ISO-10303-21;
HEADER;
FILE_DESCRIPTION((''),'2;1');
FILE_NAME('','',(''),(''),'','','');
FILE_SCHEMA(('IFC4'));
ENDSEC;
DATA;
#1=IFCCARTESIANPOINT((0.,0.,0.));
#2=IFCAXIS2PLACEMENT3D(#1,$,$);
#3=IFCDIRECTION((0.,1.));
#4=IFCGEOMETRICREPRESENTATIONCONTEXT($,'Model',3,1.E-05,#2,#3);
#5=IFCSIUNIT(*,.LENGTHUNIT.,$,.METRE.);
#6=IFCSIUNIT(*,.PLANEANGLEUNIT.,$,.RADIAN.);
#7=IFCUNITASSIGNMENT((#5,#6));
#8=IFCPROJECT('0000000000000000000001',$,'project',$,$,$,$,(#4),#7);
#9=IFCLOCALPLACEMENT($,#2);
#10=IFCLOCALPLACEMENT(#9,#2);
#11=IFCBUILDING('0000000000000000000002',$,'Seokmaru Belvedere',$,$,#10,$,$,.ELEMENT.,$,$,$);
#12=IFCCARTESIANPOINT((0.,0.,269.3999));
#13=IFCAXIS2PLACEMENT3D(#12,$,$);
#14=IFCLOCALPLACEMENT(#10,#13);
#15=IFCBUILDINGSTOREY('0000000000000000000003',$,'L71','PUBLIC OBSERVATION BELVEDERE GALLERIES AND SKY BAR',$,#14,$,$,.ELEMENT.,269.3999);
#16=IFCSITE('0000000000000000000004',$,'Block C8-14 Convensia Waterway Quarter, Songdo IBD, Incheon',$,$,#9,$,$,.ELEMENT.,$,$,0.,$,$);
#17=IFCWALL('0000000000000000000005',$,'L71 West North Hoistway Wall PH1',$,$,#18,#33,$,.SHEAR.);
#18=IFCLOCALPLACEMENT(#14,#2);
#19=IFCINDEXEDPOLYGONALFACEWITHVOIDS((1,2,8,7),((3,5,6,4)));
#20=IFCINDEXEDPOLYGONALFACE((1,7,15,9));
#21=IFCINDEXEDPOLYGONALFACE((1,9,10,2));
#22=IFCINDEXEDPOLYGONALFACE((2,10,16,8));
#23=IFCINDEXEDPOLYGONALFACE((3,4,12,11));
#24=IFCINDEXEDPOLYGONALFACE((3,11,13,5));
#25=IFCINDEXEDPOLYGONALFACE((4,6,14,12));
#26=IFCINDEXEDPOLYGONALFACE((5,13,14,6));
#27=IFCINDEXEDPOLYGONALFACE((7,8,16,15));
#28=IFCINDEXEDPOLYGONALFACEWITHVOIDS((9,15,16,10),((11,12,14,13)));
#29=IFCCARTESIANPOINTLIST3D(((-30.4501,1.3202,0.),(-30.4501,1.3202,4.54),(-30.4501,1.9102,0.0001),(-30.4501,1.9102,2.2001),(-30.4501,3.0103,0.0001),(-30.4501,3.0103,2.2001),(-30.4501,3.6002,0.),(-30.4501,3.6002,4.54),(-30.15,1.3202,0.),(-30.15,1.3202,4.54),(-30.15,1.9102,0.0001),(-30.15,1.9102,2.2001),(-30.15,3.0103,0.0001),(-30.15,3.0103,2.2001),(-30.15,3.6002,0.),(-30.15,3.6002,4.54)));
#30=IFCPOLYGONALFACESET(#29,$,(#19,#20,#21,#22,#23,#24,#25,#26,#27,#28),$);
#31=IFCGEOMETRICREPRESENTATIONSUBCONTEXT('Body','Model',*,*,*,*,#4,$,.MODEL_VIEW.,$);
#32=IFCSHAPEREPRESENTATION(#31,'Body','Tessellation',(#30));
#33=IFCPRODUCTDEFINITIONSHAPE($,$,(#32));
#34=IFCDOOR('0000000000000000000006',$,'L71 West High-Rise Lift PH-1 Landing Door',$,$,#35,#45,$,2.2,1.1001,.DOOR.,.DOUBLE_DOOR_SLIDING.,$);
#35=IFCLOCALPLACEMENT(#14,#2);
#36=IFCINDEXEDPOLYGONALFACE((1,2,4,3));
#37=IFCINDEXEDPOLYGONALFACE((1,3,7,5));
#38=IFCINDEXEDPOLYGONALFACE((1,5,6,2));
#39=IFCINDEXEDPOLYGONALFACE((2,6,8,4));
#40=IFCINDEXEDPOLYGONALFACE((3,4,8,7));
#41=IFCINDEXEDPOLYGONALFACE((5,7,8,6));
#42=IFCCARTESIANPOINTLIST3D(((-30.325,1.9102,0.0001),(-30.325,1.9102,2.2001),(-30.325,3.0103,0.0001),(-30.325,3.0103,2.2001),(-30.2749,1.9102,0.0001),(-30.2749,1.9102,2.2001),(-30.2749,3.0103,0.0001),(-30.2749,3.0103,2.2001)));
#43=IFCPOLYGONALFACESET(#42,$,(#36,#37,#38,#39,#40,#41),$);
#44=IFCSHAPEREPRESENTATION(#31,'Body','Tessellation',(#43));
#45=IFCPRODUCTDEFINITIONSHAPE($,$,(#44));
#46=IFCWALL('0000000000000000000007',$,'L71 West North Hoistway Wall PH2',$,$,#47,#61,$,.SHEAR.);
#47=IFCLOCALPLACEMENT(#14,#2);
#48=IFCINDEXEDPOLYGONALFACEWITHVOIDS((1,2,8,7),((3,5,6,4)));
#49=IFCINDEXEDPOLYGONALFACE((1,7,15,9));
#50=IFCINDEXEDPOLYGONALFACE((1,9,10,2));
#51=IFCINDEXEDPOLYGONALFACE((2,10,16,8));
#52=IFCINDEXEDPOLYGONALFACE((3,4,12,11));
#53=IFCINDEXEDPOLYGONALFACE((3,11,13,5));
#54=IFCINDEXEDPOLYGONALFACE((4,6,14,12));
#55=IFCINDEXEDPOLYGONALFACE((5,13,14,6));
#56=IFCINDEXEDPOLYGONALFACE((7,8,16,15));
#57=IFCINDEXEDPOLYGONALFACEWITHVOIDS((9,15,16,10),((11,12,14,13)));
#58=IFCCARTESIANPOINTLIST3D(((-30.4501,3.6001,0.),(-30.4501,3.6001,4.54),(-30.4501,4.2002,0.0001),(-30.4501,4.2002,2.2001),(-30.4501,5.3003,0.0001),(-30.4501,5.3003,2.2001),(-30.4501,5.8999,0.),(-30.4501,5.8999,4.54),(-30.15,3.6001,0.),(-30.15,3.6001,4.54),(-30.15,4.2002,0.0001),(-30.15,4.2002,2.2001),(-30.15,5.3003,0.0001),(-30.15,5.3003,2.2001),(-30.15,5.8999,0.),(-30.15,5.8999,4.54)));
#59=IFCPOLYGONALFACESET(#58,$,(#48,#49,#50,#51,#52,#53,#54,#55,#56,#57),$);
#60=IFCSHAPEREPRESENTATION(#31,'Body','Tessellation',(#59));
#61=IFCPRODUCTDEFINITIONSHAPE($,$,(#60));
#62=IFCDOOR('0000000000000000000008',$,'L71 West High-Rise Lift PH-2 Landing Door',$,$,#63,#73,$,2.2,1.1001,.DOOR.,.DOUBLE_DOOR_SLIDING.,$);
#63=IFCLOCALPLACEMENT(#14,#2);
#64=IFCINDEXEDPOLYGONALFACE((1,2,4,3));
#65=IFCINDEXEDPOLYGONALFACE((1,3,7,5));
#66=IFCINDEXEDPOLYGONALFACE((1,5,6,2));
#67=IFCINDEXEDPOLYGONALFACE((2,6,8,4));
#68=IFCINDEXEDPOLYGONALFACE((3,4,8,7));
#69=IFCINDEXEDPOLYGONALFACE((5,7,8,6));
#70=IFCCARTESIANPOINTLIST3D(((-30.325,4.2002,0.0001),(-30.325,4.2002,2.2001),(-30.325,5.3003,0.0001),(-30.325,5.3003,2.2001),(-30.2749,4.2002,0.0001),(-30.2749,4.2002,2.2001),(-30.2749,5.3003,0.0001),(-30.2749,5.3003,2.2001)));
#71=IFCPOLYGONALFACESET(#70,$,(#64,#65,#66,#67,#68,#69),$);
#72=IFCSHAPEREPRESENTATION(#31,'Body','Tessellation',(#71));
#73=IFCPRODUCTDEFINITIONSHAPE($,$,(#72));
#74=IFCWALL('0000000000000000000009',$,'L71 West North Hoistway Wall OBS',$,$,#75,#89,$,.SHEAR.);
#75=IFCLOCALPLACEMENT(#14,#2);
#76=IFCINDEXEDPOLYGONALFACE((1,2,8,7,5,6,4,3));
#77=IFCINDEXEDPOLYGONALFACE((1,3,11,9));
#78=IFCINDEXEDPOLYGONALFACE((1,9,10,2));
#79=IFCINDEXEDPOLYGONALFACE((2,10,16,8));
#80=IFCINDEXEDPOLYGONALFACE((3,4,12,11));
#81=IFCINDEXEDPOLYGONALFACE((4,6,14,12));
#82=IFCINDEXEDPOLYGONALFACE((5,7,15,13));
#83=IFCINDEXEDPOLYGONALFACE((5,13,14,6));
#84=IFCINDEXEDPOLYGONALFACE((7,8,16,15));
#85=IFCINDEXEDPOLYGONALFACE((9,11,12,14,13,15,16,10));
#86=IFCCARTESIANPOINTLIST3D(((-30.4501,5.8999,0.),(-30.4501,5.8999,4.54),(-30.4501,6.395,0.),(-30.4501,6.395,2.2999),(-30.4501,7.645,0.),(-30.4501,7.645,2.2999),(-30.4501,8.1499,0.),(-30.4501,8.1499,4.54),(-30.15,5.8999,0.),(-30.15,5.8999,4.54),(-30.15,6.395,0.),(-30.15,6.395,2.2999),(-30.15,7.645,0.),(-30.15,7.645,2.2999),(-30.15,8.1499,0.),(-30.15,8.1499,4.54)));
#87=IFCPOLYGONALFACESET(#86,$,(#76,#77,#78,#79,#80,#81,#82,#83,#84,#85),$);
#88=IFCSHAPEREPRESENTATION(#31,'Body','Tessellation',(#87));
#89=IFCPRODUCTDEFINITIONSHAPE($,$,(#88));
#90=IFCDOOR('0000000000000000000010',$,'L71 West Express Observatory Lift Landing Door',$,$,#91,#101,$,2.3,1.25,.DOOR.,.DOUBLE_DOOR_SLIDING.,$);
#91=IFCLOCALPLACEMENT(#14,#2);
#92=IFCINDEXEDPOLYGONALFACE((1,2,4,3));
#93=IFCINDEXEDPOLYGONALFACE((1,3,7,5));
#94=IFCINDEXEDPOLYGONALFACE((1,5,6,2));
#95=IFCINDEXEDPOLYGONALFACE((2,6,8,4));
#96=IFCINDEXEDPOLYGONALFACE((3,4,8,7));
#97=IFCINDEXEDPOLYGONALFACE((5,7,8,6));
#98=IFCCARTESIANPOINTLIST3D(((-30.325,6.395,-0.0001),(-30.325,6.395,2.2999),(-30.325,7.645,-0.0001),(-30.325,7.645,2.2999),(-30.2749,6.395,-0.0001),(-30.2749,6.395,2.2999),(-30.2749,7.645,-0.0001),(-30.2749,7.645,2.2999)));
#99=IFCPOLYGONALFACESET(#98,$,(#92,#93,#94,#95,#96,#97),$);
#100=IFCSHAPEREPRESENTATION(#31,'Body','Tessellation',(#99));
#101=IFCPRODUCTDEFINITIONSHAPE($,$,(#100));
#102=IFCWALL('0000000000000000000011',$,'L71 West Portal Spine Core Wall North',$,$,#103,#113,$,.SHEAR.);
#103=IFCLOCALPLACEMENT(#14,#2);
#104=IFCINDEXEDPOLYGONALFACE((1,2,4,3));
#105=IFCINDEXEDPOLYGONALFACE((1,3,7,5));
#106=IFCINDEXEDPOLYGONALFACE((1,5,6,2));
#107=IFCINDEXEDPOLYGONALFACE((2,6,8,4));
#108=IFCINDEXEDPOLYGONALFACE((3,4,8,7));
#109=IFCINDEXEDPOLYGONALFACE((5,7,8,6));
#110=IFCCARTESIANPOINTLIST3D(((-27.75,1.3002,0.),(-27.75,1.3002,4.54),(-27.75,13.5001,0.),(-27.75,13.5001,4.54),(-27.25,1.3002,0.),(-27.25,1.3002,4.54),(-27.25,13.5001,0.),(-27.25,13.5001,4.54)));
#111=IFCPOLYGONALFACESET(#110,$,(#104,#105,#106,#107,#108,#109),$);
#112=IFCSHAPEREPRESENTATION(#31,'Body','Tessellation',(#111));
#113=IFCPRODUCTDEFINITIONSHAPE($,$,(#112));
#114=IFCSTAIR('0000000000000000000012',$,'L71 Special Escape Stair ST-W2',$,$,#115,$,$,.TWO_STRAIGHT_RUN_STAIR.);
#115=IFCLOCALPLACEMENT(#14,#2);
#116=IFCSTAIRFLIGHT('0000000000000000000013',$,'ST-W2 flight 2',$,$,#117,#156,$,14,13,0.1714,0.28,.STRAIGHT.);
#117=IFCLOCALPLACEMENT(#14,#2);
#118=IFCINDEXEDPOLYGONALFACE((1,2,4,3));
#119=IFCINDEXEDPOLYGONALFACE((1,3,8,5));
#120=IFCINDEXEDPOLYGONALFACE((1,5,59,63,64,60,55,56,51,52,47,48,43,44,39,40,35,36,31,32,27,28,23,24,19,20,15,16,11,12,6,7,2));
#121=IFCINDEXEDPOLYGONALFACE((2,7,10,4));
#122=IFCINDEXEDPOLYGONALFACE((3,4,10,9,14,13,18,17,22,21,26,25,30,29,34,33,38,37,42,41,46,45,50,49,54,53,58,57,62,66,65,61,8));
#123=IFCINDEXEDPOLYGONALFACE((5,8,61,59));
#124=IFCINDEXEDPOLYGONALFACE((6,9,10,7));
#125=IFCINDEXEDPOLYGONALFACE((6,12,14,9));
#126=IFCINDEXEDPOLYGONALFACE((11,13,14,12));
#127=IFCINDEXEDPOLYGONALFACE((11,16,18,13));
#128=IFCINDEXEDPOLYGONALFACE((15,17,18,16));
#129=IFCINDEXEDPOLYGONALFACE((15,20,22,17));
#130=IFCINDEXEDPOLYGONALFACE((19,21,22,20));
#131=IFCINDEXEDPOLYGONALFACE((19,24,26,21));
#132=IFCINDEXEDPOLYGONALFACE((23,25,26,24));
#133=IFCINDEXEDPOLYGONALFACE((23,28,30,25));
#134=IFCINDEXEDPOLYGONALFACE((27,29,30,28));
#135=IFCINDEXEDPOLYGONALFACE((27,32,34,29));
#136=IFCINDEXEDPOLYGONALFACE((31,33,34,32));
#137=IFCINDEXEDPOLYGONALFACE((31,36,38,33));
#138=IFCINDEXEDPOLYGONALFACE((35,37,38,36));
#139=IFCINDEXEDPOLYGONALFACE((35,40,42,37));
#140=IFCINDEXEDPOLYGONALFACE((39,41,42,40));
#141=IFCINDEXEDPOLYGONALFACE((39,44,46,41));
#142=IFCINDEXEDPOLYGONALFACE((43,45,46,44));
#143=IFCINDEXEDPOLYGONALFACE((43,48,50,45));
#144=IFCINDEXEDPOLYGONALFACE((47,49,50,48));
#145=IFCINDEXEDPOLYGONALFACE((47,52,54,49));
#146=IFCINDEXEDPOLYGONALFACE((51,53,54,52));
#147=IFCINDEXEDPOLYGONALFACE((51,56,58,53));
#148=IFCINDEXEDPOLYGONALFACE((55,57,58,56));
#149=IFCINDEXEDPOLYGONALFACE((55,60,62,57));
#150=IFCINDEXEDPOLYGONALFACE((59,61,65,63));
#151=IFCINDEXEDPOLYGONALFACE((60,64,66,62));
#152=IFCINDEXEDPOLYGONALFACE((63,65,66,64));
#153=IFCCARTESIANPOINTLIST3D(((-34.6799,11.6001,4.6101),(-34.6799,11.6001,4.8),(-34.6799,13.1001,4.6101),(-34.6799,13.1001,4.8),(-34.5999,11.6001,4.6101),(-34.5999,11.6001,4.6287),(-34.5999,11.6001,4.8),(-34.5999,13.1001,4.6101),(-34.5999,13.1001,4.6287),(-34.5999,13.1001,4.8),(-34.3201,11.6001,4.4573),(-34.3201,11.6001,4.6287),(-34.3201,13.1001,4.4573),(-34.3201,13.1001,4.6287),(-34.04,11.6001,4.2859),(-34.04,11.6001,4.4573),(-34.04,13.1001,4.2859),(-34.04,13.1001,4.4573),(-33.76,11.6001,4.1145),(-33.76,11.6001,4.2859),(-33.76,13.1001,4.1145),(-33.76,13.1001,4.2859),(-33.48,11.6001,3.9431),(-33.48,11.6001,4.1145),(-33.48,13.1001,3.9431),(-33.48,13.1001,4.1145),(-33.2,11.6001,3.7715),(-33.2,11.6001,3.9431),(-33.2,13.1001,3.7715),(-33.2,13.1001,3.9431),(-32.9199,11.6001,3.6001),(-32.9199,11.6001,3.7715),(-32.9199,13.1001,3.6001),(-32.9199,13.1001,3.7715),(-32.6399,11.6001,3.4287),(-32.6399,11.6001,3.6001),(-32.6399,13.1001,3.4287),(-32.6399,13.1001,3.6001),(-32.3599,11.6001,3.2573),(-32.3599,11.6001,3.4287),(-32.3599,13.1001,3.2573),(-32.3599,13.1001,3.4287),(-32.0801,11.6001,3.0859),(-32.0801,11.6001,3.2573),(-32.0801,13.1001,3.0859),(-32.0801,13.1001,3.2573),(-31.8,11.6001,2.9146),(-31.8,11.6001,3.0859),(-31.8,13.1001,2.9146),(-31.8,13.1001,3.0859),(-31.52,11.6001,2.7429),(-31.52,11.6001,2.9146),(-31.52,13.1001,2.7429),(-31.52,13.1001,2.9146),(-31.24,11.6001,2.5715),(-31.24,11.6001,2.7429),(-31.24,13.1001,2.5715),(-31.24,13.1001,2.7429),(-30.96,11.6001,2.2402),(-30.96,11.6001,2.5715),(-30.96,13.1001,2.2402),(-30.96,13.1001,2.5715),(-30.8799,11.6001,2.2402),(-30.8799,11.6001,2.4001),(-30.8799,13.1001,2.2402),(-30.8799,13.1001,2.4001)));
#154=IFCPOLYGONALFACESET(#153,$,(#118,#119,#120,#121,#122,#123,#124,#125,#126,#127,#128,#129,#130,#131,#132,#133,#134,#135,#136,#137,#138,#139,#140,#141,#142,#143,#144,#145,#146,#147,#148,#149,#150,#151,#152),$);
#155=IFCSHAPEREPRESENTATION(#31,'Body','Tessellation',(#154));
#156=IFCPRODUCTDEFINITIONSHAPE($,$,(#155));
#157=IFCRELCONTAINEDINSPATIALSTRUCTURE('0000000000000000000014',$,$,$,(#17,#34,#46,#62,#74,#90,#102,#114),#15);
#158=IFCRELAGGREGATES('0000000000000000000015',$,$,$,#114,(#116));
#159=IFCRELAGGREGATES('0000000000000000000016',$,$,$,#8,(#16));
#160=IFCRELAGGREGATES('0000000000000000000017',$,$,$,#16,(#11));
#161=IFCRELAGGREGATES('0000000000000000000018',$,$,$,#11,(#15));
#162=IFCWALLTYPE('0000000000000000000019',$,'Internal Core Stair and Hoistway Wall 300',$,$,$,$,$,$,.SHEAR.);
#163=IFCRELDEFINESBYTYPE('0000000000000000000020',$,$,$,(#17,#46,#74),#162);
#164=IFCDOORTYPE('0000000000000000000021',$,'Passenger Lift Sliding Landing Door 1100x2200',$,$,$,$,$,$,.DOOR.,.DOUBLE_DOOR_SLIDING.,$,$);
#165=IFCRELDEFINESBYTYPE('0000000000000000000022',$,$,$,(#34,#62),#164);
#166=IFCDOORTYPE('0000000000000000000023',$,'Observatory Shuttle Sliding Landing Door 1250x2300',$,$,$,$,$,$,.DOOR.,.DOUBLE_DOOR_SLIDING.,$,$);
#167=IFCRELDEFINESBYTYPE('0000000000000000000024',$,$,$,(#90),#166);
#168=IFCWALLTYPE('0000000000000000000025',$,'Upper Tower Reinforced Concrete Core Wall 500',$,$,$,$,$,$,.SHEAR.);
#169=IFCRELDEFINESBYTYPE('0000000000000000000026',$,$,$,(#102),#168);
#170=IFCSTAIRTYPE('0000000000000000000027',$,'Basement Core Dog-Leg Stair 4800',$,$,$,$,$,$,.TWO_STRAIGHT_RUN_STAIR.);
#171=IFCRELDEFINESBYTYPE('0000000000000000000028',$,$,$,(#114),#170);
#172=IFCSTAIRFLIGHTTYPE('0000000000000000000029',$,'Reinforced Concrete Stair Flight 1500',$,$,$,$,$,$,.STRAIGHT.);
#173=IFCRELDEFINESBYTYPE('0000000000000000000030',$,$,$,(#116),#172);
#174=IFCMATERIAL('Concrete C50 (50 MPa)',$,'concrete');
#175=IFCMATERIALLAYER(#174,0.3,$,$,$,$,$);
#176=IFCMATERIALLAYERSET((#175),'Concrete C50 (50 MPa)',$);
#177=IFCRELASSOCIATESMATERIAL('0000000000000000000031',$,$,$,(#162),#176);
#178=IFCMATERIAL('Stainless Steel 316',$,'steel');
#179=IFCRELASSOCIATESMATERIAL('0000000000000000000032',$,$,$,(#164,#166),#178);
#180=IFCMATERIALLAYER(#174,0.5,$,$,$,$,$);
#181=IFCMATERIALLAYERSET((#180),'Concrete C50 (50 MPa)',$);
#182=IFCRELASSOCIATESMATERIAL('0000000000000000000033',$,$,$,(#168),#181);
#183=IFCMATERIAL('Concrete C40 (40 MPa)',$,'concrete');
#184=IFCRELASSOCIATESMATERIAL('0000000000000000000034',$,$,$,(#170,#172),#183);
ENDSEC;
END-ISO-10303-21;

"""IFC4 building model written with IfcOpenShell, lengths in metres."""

from ifc_helpers import new_model, si_unit, direction, frame, frame_2d, origin, place, context, subcontext, project, spatial, polyline, rectangle, outline, extrude, source, transform, mapped, material, layer, layer_set, type_object, type_shapes, element, fill, aggregate, save


model = new_model("IFC4")

# Units and contexts
model_context = context("Model", 3, precision=1e-05, world=origin(), true_north=direction((0.0, 1.0)))
body_context = subcontext(model_context, "Body", "Model", "MODEL_VIEW")
ifc_project = project(units=[si_unit("LENGTHUNIT", "METRE"), si_unit("PLANEANGLEUNIT", "RADIAN")], contexts=[model_context])

# Site, building, storey
site_placement = place(None, origin())
site = spatial("IfcSite", under=ifc_project, at=site_placement, Name="Block C8-14 Convensia Waterway Quarter, Songdo IBD, Incheon", CompositionType="ELEMENT", RefElevation=0.0)
building_placement = place(site_placement, origin())
building = spatial("IfcBuilding", under=site, at=building_placement, Name="Seokmaru Belvedere", CompositionType="ELEMENT")
storey_placement = place(building_placement, frame((0.0, 0.0, 269.3999)))
storey = spatial("IfcBuildingStorey", under=building, at=storey_placement, Name="L71", Description="PUBLIC OBSERVATION BELVEDERE GALLERIES AND SKY BAR", CompositionType="ELEMENT", Elevation=269.3999)

# Shared definitions
ifc_material_1 = material(Name="Concrete C50 (50 MPa)", Category="concrete")

# Walls, openings, doors
ifc_layer_1 = layer(ifc_material_1, 0.3)
ifc_layer_set_1 = layer_set([ifc_layer_1], Name="Concrete C50 (50 MPa)")
wall_type_1 = type_object("IfcWallType", Name="Internal Core Stair and Hoistway Wall 300", PredefinedType="SHEAR", material=ifc_layer_set_1)
wall_1_placement = place(storey_placement, frame((-30.3, 1.3201, 0.0), z_axis=(0.0, 0.0, 1.0), x_axis=(0.0, 1.0, 0.0)))
wall_1 = element("IfcWall", 1, at=wall_1_placement, inside=storey, type_object=wall_type_1, Name="L71 West North Hoistway Wall PH1", PredefinedType="SHEAR", context=body_context, shape_type="SweptSolid", body=[
    extrude(rectangle(XDim=2.28, YDim=0.3, at=frame_2d((1.1401, 0.0))), origin(), (0.0, 0.0, 1.0), 4.54),
])
opening_1_placement = place(wall_1_placement, frame((0.5901, 0.0, 0.0)))
opening_1 = element("IfcOpeningElement", 2, at=opening_1_placement, cuts=wall_1, PredefinedType="OPENING", context=body_context, shape_type="SweptSolid", body=[
    extrude(rectangle(XDim=1.1001, YDim=2.2, at=frame_2d((0.55, 1.1001))), frame((0.0, 0.1602, 0.0), z_axis=(0.0, -1.0, 0.0), x_axis=(1.0, 0.0, 0.0)), (0.0, 0.0, 1.0), 0.3201),
])
ifc_material_2 = material(Name="Stainless Steel 316", Category="steel")
door_type_1 = type_object("IfcDoorType", Name="Passenger Lift Sliding Landing Door 1100x2200", OperationType="DOUBLE_DOOR_SLIDING", PredefinedType="DOOR", material=ifc_material_2)
shared_shape_1 = source(origin(), body_context, "Body", "SweptSolid", [
    extrude(rectangle(XDim=1.1001, YDim=2.2, at=frame_2d((0.55, 1.1001))), frame((0.0, 0.0249, 0.0), z_axis=(0.0, -1.0, 0.0), x_axis=(1.0, 0.0, 0.0)), (0.0, 0.0, 1.0), 0.05),
])
type_shapes(door_type_1, [shared_shape_1])
door_1_placement = place(opening_1_placement, origin())
door_1 = element("IfcDoor", 3, at=door_1_placement, inside=storey, type_object=door_type_1, Name="L71 West High-Rise Lift PH-1 Landing Door", OperationType="DOUBLE_DOOR_SLIDING", OverallHeight=2.2, OverallWidth=1.1001, PredefinedType="DOOR", context=body_context, shape_type="MappedRepresentation", body=[
    mapped(shared_shape_1, transform((0.0, 0.0, 0.0), scale=1.0)),
])
fill(opening_1, door_1)
wall_2_placement = place(storey_placement, frame((-30.3, 3.6001, 0.0), z_axis=(0.0, 0.0, 1.0), x_axis=(0.0, 1.0, 0.0)))
wall_2 = element("IfcWall", 4, at=wall_2_placement, inside=storey, type_object=wall_type_1, Name="L71 West North Hoistway Wall PH2", PredefinedType="SHEAR", context=body_context, shape_type="SweptSolid", body=[
    extrude(rectangle(XDim=2.2998, YDim=0.3, at=frame_2d((1.1499, 0.0))), origin(), (0.0, 0.0, 1.0), 4.54),
])
opening_2_placement = place(wall_2_placement, frame((0.6001, 0.0, 0.0)))
opening_2 = element("IfcOpeningElement", 5, at=opening_2_placement, cuts=wall_2, PredefinedType="OPENING", context=body_context, shape_type="SweptSolid", body=[
    extrude(rectangle(XDim=1.1001, YDim=2.2, at=frame_2d((0.55, 1.1001))), frame((0.0, 0.1602, 0.0), z_axis=(0.0, -1.0, 0.0), x_axis=(1.0, 0.0, 0.0)), (0.0, 0.0, 1.0), 0.3201),
])
door_2_placement = place(opening_2_placement, origin())
door_2 = element("IfcDoor", 6, at=door_2_placement, inside=storey, type_object=door_type_1, Name="L71 West High-Rise Lift PH-2 Landing Door", OperationType="DOUBLE_DOOR_SLIDING", OverallHeight=2.2, OverallWidth=1.1001, PredefinedType="DOOR", context=body_context, shape_type="MappedRepresentation", body=[
    mapped(shared_shape_1, transform((0.0, 0.0, 0.0), scale=1.0)),
])
fill(opening_2, door_2)
wall_3_placement = place(storey_placement, frame((-30.3, 5.8999, 0.0), z_axis=(0.0, 0.0, 1.0), x_axis=(0.0, 1.0, 0.0)))
wall_3 = element("IfcWall", 7, at=wall_3_placement, inside=storey, type_object=wall_type_1, Name="L71 West North Hoistway Wall OBS", PredefinedType="SHEAR", context=body_context, shape_type="SweptSolid", body=[
    extrude(rectangle(XDim=2.25, YDim=0.3, at=frame_2d((1.125, 0.0))), origin(), (0.0, 0.0, 1.0), 4.54),
])
opening_3_placement = place(wall_3_placement, frame((0.4951, 0.0, 0.0)))
opening_3 = element("IfcOpeningElement", 8, at=opening_3_placement, cuts=wall_3, PredefinedType="OPENING", context=body_context, shape_type="SweptSolid", body=[
    extrude(rectangle(XDim=1.25, YDim=2.3, at=frame_2d((0.625, 1.1499))), frame((0.0, 0.1602, 0.0), z_axis=(0.0, -1.0, 0.0), x_axis=(1.0, 0.0, 0.0)), (0.0, 0.0, 1.0), 0.3201),
])
door_type_2 = type_object("IfcDoorType", Name="Observatory Shuttle Sliding Landing Door 1250x2300", OperationType="DOUBLE_DOOR_SLIDING", PredefinedType="DOOR", material=ifc_material_2)
shared_shape_2 = source(origin(), body_context, "Body", "SweptSolid", [
    extrude(rectangle(XDim=1.25, YDim=2.3, at=frame_2d((0.625, 1.1499))), frame((0.0, 0.0249, 0.0), z_axis=(0.0, -1.0, 0.0), x_axis=(1.0, 0.0, 0.0)), (0.0, 0.0, 1.0), 0.05),
])
type_shapes(door_type_2, [shared_shape_2])
door_3_placement = place(opening_3_placement, origin())
door_3 = element("IfcDoor", 9, at=door_3_placement, inside=storey, type_object=door_type_2, Name="L71 West Express Observatory Lift Landing Door", OperationType="DOUBLE_DOOR_SLIDING", OverallHeight=2.3, OverallWidth=1.25, PredefinedType="DOOR", context=body_context, shape_type="MappedRepresentation", body=[
    mapped(shared_shape_2, transform((0.0, 0.0, 0.0), scale=1.0)),
])
fill(opening_3, door_3)

# Wall
ifc_layer_2 = layer(ifc_material_1, 0.5)
ifc_layer_set_2 = layer_set([ifc_layer_2], Name="Concrete C50 (50 MPa)")
wall_type_2 = type_object("IfcWallType", Name="Upper Tower Reinforced Concrete Core Wall 500", PredefinedType="SHEAR", material=ifc_layer_set_2)
wall_4_placement = place(storey_placement, frame((-27.5, 1.3, 0.0), z_axis=(0.0, 0.0, 1.0), x_axis=(0.0, 1.0, 0.0)))
element("IfcWall", 10, at=wall_4_placement, inside=storey, type_object=wall_type_2, Name="L71 West Portal Spine Core Wall North", PredefinedType="SHEAR", context=body_context, shape_type="SweptSolid", body=[
    extrude(rectangle(XDim=12.2, YDim=0.5, at=frame_2d((6.1001, 0.0))), origin(), (0.0, 0.0, 1.0), 4.54),
])

# Stair, stair flight
ifc_material_3 = material(Name="Concrete C40 (40 MPa)", Category="concrete")
stair_type = type_object("IfcStairType", Name="Basement Core Dog-Leg Stair 4800", PredefinedType="TWO_STRAIGHT_RUN_STAIR", material=ifc_material_3)
stair_placement = place(storey_placement, origin())
stair = element("IfcStair", 11, at=stair_placement, inside=storey, type_object=stair_type, Name="L71 Special Escape Stair ST-W2", PredefinedType="TWO_STRAIGHT_RUN_STAIR")
stair_flight_type = type_object("IfcStairFlightType", Name="Reinforced Concrete Stair Flight 1500", PredefinedType="STRAIGHT", material=ifc_material_3)
stair_flight_placement = place(storey_placement, frame((-30.96, 12.3501, 2.4001), z_axis=(0.0, 0.0, 1.0), x_axis=(-1.0, 0.0, 0.0)))
stair_flight = element("IfcStairFlight", 12, at=stair_flight_placement, type_object=stair_flight_type, Name="ST-W2 flight 2", NumberOfRisers=14, NumberOfTreads=13, PredefinedType="STRAIGHT", RiserHeight=0.1714, TreadLength=0.28, context=body_context, shape_type="SweptSolid", body=[
    extrude(outline(polyline([(-0.0801, 0.0), (0.0, 0.1714), (0.28, 0.1714), (0.28, 0.3428), (0.5601, 0.3428), (0.5601, 0.5144), (0.8401, 0.5144), (0.8401, 0.6858), (1.1201, 0.6858), (1.1201, 0.8572), (1.3999, 0.8572), (1.3999, 1.0286), (1.6799, 1.0286), (1.6799, 1.2), (1.96, 1.2), (1.96, 1.3713), (2.24, 1.3713), (2.24, 1.543), (2.52, 1.543), (2.52, 1.7144), (2.8, 1.7144), (2.8, 1.8857), (3.0801, 1.8857), (3.0801, 2.0571), (3.3601, 2.0571), (3.3601, 2.2285), (3.6399, 2.2285), (3.6399, 2.3999), (3.72, 2.3999), (3.72, 2.21), (3.6399, 2.21), (0.0, -0.1599), (-0.0801, -0.1599), (-0.0801, 0.0)])), frame((0.0, 0.75, 0.0), z_axis=(0.0, -1.0, 0.0), x_axis=(1.0, 0.0, 0.0)), (0.0, 0.0, 1.0), 1.5),
])
aggregate(stair, [stair_flight])

save(model, "model.ifc")
